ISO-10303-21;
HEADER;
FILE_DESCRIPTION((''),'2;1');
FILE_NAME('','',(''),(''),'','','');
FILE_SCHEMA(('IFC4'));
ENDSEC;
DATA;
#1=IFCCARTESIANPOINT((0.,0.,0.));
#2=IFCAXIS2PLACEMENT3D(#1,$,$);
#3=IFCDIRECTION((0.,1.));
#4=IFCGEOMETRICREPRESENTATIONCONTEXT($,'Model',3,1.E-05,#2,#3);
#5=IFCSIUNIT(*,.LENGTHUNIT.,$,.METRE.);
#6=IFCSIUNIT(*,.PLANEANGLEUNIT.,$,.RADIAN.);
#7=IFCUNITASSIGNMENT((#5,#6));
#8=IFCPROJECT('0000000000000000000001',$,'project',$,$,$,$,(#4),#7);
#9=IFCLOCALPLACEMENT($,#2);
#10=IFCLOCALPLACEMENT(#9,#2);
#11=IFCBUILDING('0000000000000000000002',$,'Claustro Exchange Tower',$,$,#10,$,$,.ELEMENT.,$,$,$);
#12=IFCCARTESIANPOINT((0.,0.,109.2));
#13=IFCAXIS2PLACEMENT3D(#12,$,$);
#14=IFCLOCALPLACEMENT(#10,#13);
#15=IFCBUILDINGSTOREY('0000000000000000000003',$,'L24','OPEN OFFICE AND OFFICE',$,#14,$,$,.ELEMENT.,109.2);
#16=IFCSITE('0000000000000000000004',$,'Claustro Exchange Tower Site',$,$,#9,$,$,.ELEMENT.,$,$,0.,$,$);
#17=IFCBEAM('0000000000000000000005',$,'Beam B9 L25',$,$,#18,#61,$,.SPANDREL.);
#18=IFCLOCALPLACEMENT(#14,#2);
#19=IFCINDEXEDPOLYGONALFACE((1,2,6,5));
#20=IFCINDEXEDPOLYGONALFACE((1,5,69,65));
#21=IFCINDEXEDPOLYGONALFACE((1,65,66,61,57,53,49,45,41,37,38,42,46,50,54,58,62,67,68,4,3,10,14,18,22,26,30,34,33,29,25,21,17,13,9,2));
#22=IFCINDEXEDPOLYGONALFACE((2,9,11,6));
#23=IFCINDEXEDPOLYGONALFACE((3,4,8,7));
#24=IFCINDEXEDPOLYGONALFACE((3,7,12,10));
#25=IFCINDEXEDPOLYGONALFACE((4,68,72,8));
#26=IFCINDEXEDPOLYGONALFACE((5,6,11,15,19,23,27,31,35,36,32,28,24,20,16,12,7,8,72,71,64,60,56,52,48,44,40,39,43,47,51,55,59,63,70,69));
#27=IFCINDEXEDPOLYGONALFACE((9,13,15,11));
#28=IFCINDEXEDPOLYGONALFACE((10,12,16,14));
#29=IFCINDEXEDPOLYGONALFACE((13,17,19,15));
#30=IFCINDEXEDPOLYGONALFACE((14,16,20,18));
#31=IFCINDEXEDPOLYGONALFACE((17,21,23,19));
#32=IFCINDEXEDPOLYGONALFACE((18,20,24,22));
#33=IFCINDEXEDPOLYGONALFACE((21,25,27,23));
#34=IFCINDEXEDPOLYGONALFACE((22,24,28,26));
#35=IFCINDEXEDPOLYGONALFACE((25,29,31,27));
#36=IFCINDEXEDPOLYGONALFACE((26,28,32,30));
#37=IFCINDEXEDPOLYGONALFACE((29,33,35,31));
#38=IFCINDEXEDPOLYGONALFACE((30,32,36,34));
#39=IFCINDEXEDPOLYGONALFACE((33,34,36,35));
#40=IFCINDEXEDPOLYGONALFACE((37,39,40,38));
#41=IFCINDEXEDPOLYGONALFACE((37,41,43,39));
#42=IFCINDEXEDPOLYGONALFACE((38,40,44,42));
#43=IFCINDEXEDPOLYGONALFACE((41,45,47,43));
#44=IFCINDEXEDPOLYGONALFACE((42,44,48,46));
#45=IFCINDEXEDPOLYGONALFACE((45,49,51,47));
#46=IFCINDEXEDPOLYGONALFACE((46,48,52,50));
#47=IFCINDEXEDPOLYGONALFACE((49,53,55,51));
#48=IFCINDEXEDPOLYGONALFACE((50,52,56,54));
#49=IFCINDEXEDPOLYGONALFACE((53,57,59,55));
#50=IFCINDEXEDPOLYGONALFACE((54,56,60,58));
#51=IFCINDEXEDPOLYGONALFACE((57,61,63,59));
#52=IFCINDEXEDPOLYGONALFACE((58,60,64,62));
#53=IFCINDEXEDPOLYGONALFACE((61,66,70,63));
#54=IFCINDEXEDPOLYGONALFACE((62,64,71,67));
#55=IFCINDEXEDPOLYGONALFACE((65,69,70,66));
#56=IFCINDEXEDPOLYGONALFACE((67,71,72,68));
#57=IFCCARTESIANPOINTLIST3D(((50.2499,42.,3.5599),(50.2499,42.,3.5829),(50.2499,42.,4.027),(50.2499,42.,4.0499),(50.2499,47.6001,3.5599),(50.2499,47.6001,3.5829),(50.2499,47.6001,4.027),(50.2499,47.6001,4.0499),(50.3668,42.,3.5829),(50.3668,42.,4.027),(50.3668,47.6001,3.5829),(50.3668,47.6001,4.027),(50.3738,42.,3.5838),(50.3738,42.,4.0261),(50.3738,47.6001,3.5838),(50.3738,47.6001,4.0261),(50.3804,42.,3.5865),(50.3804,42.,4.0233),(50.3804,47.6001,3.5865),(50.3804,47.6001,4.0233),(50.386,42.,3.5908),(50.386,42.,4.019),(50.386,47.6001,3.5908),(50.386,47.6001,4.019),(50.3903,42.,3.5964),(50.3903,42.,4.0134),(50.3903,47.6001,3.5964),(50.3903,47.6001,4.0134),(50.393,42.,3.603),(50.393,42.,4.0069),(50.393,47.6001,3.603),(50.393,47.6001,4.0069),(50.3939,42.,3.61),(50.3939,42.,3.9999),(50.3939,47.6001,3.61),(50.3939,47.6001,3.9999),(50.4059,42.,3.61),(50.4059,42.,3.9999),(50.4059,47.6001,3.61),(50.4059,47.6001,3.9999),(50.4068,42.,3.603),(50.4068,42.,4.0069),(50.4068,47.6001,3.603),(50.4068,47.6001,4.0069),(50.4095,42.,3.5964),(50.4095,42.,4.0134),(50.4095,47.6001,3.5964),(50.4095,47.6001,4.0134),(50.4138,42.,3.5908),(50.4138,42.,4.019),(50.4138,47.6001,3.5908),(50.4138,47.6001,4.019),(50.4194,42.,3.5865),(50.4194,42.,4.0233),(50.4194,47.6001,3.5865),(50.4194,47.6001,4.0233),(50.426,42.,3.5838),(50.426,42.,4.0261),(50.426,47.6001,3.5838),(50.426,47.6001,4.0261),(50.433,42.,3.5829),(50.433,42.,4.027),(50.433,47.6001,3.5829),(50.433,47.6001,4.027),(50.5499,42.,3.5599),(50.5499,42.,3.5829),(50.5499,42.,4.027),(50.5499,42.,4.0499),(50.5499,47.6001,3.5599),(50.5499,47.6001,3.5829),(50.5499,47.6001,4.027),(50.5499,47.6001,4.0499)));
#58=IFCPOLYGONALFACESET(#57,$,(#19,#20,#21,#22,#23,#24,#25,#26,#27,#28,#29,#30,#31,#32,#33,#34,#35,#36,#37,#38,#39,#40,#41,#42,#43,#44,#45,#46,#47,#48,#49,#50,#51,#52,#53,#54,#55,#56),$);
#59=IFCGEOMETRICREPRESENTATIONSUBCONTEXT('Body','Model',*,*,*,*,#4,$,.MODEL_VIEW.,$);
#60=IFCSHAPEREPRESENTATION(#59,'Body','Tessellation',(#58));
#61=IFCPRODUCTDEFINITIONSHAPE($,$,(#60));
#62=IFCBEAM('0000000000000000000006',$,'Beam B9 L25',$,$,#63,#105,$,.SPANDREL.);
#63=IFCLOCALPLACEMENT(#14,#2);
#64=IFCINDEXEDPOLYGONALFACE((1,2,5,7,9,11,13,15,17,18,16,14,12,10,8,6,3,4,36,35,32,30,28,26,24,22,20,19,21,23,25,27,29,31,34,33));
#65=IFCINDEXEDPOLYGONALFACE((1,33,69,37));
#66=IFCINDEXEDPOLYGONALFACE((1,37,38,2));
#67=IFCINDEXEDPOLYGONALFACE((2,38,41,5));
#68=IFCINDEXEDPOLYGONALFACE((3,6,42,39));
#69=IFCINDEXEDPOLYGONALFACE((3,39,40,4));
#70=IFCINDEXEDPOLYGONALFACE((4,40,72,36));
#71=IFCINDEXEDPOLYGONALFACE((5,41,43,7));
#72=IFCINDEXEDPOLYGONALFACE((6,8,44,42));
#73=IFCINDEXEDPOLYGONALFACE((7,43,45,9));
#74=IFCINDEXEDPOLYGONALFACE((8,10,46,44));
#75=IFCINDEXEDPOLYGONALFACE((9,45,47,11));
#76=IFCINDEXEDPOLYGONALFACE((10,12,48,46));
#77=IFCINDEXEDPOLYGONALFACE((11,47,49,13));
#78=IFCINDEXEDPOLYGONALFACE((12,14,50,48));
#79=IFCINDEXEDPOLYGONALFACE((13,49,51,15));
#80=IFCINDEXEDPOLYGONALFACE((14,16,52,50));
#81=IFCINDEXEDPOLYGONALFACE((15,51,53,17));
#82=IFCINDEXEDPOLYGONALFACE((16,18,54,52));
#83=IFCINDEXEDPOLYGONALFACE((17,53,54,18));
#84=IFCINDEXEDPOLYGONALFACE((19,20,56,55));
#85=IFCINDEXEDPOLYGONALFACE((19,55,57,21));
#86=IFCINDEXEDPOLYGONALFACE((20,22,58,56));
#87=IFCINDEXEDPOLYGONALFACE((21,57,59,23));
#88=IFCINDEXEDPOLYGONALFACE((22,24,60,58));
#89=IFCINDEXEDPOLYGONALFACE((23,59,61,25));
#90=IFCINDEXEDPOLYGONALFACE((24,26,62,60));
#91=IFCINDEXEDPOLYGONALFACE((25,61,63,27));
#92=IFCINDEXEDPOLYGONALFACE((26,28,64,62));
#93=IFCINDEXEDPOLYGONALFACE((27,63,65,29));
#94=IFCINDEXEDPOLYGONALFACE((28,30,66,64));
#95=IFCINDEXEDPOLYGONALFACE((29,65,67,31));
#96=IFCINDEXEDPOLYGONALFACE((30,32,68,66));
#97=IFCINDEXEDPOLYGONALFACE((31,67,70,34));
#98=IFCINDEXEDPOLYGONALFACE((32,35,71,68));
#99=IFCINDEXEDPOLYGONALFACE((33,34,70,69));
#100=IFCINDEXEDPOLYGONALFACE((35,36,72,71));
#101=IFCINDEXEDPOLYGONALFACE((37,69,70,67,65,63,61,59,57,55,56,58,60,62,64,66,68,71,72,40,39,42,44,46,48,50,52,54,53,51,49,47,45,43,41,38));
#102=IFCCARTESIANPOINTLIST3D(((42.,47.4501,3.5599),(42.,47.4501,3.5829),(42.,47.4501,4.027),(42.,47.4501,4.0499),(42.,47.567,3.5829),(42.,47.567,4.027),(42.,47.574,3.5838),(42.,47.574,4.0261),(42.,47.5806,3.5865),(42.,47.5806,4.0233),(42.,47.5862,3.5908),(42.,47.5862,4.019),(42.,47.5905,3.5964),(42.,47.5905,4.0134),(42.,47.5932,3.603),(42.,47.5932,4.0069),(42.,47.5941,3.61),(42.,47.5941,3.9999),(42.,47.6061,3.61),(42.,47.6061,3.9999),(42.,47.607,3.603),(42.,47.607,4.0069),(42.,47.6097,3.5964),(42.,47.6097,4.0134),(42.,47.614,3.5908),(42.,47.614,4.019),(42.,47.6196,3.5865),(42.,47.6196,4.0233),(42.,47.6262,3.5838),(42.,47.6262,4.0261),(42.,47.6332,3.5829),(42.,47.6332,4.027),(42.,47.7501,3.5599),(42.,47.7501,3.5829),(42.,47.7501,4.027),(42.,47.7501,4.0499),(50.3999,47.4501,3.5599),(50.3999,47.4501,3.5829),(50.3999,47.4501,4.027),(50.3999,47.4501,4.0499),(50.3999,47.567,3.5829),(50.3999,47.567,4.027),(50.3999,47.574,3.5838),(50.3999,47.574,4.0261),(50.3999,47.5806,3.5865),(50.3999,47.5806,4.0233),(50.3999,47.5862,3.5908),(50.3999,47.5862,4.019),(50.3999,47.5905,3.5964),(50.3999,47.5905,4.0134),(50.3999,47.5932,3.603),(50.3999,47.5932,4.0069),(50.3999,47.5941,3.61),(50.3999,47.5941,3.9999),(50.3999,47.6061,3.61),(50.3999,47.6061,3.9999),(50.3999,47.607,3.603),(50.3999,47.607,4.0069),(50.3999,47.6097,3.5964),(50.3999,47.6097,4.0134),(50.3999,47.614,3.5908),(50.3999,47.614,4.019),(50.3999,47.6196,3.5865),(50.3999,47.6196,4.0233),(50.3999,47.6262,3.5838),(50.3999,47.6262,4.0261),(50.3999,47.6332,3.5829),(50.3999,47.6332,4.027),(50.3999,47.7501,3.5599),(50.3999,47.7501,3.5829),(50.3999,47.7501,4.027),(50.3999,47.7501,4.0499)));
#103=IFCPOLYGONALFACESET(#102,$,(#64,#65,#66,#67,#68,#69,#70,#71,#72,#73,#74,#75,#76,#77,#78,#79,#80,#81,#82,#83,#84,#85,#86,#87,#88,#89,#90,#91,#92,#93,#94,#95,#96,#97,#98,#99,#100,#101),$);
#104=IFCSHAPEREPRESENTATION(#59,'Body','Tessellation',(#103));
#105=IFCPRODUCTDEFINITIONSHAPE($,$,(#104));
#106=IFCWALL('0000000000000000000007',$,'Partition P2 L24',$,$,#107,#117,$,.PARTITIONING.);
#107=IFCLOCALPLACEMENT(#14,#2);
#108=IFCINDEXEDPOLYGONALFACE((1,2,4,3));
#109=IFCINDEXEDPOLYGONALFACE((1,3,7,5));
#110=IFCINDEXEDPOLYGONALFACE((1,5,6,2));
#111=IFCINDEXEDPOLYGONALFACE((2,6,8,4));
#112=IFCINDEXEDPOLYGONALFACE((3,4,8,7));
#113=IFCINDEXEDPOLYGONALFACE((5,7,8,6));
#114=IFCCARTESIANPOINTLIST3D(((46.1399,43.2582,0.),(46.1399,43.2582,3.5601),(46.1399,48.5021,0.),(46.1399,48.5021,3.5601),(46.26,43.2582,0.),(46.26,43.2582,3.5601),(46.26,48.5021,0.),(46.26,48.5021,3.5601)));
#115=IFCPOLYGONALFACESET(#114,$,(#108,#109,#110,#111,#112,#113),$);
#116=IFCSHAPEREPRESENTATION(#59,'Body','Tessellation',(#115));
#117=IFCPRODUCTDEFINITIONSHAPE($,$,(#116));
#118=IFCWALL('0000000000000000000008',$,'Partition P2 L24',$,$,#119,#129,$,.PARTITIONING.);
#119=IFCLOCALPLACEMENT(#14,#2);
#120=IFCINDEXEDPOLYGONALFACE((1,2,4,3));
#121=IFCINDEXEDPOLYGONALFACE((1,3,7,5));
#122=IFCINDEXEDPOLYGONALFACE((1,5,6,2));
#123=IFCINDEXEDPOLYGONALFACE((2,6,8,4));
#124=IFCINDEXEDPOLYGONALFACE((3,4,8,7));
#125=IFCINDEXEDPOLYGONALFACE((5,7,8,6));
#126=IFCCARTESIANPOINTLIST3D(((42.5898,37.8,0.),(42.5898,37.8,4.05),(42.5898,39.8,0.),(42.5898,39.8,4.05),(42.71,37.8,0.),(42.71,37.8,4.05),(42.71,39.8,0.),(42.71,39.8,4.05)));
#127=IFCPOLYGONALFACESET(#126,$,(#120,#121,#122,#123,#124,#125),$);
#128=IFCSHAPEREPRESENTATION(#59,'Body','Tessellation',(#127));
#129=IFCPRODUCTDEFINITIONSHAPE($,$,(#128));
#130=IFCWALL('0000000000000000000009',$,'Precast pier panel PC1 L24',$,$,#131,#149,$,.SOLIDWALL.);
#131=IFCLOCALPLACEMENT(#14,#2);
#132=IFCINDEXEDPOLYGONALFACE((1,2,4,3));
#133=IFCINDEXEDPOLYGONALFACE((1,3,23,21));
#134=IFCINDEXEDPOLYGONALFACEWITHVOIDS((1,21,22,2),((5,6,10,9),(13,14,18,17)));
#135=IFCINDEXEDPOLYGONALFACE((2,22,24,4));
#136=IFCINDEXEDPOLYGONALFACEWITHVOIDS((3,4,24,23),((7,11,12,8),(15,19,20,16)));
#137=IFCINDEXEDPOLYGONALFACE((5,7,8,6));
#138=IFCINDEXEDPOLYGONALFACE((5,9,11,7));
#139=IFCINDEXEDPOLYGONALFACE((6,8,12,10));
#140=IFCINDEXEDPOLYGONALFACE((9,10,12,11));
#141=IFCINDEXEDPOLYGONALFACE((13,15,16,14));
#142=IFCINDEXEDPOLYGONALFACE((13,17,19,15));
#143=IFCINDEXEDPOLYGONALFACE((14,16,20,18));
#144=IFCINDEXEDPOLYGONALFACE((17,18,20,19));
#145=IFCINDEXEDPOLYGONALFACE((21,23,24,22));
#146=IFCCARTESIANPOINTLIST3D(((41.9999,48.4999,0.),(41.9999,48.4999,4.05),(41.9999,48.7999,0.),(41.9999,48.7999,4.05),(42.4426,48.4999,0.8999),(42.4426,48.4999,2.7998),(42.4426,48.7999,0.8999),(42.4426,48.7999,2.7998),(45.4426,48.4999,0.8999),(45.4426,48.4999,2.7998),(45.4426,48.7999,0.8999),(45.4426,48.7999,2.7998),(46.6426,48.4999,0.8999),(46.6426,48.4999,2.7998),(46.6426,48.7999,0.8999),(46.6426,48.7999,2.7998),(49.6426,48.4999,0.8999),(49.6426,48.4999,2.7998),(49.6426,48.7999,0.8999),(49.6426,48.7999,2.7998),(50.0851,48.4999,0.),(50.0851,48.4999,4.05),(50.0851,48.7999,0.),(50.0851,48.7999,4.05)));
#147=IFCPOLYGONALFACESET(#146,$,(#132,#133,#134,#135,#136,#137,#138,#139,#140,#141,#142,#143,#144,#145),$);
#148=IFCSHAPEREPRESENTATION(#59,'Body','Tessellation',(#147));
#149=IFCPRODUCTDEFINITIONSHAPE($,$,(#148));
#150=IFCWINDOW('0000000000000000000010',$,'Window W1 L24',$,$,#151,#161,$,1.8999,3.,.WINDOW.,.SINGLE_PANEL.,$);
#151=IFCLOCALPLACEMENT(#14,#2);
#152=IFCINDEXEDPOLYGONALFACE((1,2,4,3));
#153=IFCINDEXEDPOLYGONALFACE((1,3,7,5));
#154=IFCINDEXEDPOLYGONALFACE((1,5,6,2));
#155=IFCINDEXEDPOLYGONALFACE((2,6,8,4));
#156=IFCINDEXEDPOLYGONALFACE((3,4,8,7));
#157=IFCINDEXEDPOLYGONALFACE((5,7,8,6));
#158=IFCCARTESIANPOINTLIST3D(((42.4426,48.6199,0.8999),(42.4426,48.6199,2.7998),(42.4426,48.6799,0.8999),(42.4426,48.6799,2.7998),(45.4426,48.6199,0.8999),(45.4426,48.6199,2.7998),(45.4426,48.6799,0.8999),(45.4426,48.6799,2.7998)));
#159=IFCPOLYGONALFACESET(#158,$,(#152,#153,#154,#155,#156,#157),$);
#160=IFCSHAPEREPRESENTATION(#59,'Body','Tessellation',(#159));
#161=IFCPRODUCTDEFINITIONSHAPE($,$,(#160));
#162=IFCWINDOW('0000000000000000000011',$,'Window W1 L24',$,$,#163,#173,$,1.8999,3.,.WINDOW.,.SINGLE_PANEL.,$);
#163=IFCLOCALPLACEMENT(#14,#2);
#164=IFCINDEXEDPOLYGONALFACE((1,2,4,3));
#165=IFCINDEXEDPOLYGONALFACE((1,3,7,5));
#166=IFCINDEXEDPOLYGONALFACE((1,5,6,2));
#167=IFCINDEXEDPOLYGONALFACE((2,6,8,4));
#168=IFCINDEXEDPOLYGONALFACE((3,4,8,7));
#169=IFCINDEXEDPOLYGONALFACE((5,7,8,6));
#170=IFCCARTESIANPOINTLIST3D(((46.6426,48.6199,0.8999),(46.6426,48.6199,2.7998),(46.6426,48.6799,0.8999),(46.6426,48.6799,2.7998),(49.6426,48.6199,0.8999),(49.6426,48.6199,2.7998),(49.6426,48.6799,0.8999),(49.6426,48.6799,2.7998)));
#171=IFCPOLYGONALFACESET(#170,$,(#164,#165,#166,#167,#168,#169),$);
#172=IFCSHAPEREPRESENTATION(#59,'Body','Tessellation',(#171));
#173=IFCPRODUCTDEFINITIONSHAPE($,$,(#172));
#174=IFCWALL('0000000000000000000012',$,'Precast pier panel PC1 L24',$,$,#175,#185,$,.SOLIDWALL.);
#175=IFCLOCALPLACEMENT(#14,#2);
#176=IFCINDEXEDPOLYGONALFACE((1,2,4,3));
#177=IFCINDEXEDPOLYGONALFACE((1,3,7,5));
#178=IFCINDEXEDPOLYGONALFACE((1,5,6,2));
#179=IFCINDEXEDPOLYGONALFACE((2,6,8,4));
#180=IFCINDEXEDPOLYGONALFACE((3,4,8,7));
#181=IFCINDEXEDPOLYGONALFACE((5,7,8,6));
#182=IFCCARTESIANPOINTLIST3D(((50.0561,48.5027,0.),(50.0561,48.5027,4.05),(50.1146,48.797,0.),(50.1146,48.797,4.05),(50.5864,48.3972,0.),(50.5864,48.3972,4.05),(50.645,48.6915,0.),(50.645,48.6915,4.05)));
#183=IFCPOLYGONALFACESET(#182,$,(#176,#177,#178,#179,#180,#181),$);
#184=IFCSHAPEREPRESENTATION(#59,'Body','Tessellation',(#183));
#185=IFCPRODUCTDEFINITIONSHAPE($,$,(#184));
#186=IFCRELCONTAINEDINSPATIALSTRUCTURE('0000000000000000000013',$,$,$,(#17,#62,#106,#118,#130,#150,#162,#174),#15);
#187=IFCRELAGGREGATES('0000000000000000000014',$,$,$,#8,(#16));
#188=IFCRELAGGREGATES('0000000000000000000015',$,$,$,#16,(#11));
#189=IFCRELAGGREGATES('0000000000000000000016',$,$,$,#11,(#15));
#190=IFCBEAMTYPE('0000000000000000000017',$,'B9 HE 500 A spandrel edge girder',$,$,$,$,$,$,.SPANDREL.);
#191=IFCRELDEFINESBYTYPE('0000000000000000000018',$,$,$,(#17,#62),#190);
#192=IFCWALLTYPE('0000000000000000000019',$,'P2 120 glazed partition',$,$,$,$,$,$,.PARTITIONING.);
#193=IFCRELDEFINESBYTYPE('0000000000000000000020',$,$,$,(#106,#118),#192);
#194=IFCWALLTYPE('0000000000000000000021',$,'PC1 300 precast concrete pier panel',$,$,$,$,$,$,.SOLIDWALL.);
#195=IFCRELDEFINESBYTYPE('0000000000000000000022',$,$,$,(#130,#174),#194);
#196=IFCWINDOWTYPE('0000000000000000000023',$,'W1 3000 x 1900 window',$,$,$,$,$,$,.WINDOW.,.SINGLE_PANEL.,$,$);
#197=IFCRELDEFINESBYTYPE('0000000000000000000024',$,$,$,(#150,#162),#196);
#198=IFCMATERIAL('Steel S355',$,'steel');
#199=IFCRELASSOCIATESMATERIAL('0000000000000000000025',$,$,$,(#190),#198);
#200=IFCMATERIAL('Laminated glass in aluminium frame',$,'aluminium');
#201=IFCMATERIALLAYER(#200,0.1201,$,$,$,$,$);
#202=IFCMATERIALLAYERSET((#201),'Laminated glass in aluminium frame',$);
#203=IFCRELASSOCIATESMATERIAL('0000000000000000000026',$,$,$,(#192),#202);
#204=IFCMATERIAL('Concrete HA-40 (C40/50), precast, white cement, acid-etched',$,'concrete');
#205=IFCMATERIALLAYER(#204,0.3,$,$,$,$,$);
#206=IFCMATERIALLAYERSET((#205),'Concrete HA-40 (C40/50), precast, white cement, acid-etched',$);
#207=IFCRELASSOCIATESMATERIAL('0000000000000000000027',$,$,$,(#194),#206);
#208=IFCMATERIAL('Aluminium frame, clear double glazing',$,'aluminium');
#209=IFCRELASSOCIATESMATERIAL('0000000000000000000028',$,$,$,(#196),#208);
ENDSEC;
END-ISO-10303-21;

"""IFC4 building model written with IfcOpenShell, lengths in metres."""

from ifc_helpers import new_model, si_unit, direction, frame, frame_2d, origin, origin_2d, place, context, subcontext, project, spatial, rectangle, i_section, extrude, material, layer, layer_set, material_profile, profile_set, type_object, element, fill, save


model = new_model("IFC4")

# Units and contexts
model_context = context("Model", 3, precision=1e-05, world=origin(), true_north=direction((0.0, 1.0)))
body_context = subcontext(model_context, "Body", "Model", "MODEL_VIEW")
ifc_project = project(units=[si_unit("LENGTHUNIT", "METRE"), si_unit("PLANEANGLEUNIT", "RADIAN")], contexts=[model_context])

# Site, building, storey
site_placement = place(None, origin())
site = spatial("IfcSite", under=ifc_project, at=site_placement, Name="Claustro Exchange Tower Site", CompositionType="ELEMENT", RefElevation=0.0)
building_placement = place(site_placement, origin())
building = spatial("IfcBuilding", under=site, at=building_placement, Name="Claustro Exchange Tower", CompositionType="ELEMENT")
storey_placement = place(building_placement, frame((0.0, 0.0, 109.2)))
storey = spatial("IfcBuildingStorey", under=building, at=storey_placement, Name="L24", Description="OPEN OFFICE AND OFFICE", CompositionType="ELEMENT", Elevation=109.2)

# Beams
ifc_material_1 = material(Name="Steel S355", Category="steel")
ifc_material_profile_1 = material_profile(ifc_material_1, i_section(OverallWidth=0.3, OverallDepth=0.49, WebThickness=0.012, FlangeThickness=0.0229, FilletRadius=0.0271, at=origin_2d()), Name="HE 500 A")
ifc_profile_set_1 = profile_set([ifc_material_profile_1], Name="Steel S355")
beam_type_1 = type_object("IfcBeamType", Name="B9 HE 500 A spandrel edge girder", PredefinedType="SPANDREL", material=ifc_profile_set_1)
beam_1_placement = place(storey_placement, frame((50.3999, 42.0, 3.8049), z_axis=(0.0, 1.0, 0.0), x_axis=(-1.0, 0.0, 0.0)))
element("IfcBeam", 1, at=beam_1_placement, inside=storey, type_object=beam_type_1, Name="Beam B9 L25", PredefinedType="SPANDREL", context=body_context, shape_type="SweptSolid", body=[
    extrude(i_section(OverallWidth=0.3, OverallDepth=0.49, WebThickness=0.012, FlangeThickness=0.0229, FilletRadius=0.0271, at=origin_2d()), origin(), (0.0, 0.0, 1.0), 5.6001),
])
beam_2_placement = place(storey_placement, frame((42.0, 47.6001, 3.8049), z_axis=(1.0, 0.0, 0.0), x_axis=(0.0, 1.0, 0.0)))
element("IfcBeam", 2, at=beam_2_placement, inside=storey, type_object=beam_type_1, Name="Beam B9 L25", PredefinedType="SPANDREL", context=body_context, shape_type="SweptSolid", body=[
    extrude(i_section(OverallWidth=0.3, OverallDepth=0.49, WebThickness=0.012, FlangeThickness=0.0229, FilletRadius=0.0271, at=origin_2d()), origin(), (0.0, 0.0, 1.0), 8.3999),
])

# Walls
ifc_material_2 = material(Name="Laminated glass in aluminium frame", Category="aluminium")
ifc_layer_1 = layer(ifc_material_2, 0.1201)
ifc_layer_set_1 = layer_set([ifc_layer_1], Name="Laminated glass in aluminium frame")
wall_type_1 = type_object("IfcWallType", Name="P2 120 glazed partition", PredefinedType="PARTITIONING", material=ifc_layer_set_1)
wall_1_placement = place(storey_placement, frame((46.2, 43.2581, 0.0), z_axis=(0.0, 0.0, 1.0), x_axis=(0.0, 1.0, 0.0)))
element("IfcWall", 3, at=wall_1_placement, inside=storey, type_object=wall_type_1, Name="Partition P2 L24", PredefinedType="PARTITIONING", context=body_context, shape_type="SweptSolid", body=[
    extrude(rectangle(XDim=5.2439, YDim=0.1201, at=frame_2d((2.6221, 0.0))), origin(), (0.0, 0.0, 1.0), 3.5601),
])
wall_2_placement = place(storey_placement, frame((42.6499, 37.8, 0.0), z_axis=(0.0, 0.0, 1.0), x_axis=(0.0, 1.0, 0.0)))
element("IfcWall", 4, at=wall_2_placement, inside=storey, type_object=wall_type_1, Name="Partition P2 L24", PredefinedType="PARTITIONING", context=body_context, shape_type="SweptSolid", body=[
    extrude(rectangle(XDim=2.0, YDim=0.1201, at=frame_2d((1.0, 0.0))), origin(), (0.0, 0.0, 1.0), 4.05),
])

# Wall, openings, windows
ifc_material_3 = material(Name="Concrete HA-40 (C40/50), precast, white cement, acid-etched", Category="concrete")
ifc_layer_2 = layer(ifc_material_3, 0.3)
ifc_layer_set_2 = layer_set([ifc_layer_2], Name="Concrete HA-40 (C40/50), precast, white cement, acid-etched")
wall_type_2 = type_object("IfcWallType", Name="PC1 300 precast concrete pier panel", PredefinedType="SOLIDWALL", material=ifc_layer_set_2)
wall_3_placement = place(storey_placement, frame((42.0, 48.6499, 0.0), z_axis=(0.0, 0.0, 1.0), x_axis=(1.0, 0.0, 0.0)))
wall_3 = element("IfcWall", 5, at=wall_3_placement, inside=storey, type_object=wall_type_2, Name="Precast pier panel PC1 L24", PredefinedType="SOLIDWALL", context=body_context, shape_type="SweptSolid", body=[
    extrude(rectangle(XDim=8.0852, YDim=0.3, at=frame_2d((4.0425, 0.0))), origin(), (0.0, 0.0, 1.0), 4.05),
])
opening_1_placement = place(wall_3_placement, frame((0.4426, 0.0, 0.8999)))
opening_1 = element("IfcOpeningElement", 6, at=opening_1_placement, cuts=wall_3, PredefinedType="OPENING", context=body_context, shape_type="SweptSolid", body=[
    extrude(rectangle(XDim=3.0, YDim=1.8999, at=frame_2d((1.5, 0.95))), frame((0.0, 0.1599, 0.0), z_axis=(0.0, -1.0, 0.0), x_axis=(1.0, 0.0, 0.0)), (0.0, 0.0, 1.0), 0.3201),
])
opening_2_placement = place(wall_3_placement, frame((4.6426, 0.0, 0.8999)))
opening_2 = element("IfcOpeningElement", 7, at=opening_2_placement, cuts=wall_3, PredefinedType="OPENING", context=body_context, shape_type="SweptSolid", body=[
    extrude(rectangle(XDim=3.0, YDim=1.8999, at=frame_2d((1.5, 0.95))), frame((0.0, 0.1599, 0.0), z_axis=(0.0, -1.0, 0.0), x_axis=(1.0, 0.0, 0.0)), (0.0, 0.0, 1.0), 0.3201),
])
ifc_material_4 = material(Name="Aluminium frame, clear double glazing", Category="aluminium")
window_type_1 = type_object("IfcWindowType", Name="W1 3000 x 1900 window", PartitioningType="SINGLE_PANEL", PredefinedType="WINDOW", material=ifc_material_4)
window_1_placement = place(opening_1_placement, origin())
window_1 = element("IfcWindow", 8, at=window_1_placement, inside=storey, type_object=window_type_1, Name="Window W1 L24", OverallHeight=1.8999, OverallWidth=3.0, PartitioningType="SINGLE_PANEL", PredefinedType="WINDOW", context=body_context, shape_type="SweptSolid", body=[
    extrude(rectangle(XDim=3.0, YDim=1.8999, at=frame_2d((1.5, 0.95))), frame((0.0, 0.03, 0.0), z_axis=(0.0, -1.0, 0.0), x_axis=(1.0, 0.0, 0.0)), (0.0, 0.0, 1.0), 0.0601),
])
fill(opening_1, window_1)
window_2_placement = place(opening_2_placement, origin())
window_2 = element("IfcWindow", 9, at=window_2_placement, inside=storey, type_object=window_type_1, Name="Window W1 L24", OverallHeight=1.8999, OverallWidth=3.0, PartitioningType="SINGLE_PANEL", PredefinedType="WINDOW", context=body_context, shape_type="SweptSolid", body=[
    extrude(rectangle(XDim=3.0, YDim=1.8999, at=frame_2d((1.5, 0.95))), frame((0.0, 0.03, 0.0), z_axis=(0.0, -1.0, 0.0), x_axis=(1.0, 0.0, 0.0)), (0.0, 0.0, 1.0), 0.0601),
])
fill(opening_2, window_2)

# Wall
wall_4_placement = place(storey_placement, frame((50.0852, 48.6499, 0.0), z_axis=(0.0, 0.0, 1.0), x_axis=(0.980789, -0.195074, 0.0)))
element("IfcWall", 10, at=wall_4_placement, inside=storey, type_object=wall_type_2, Name="Precast pier panel PC1 L24", PredefinedType="SOLIDWALL", context=body_context, shape_type="SweptSolid", body=[
    extrude(rectangle(XDim=0.5408, YDim=0.3, at=frame_2d((0.2705, 0.0))), origin(), (0.0, 0.0, 1.0), 4.05),
])

save(model, "model.ifc")
